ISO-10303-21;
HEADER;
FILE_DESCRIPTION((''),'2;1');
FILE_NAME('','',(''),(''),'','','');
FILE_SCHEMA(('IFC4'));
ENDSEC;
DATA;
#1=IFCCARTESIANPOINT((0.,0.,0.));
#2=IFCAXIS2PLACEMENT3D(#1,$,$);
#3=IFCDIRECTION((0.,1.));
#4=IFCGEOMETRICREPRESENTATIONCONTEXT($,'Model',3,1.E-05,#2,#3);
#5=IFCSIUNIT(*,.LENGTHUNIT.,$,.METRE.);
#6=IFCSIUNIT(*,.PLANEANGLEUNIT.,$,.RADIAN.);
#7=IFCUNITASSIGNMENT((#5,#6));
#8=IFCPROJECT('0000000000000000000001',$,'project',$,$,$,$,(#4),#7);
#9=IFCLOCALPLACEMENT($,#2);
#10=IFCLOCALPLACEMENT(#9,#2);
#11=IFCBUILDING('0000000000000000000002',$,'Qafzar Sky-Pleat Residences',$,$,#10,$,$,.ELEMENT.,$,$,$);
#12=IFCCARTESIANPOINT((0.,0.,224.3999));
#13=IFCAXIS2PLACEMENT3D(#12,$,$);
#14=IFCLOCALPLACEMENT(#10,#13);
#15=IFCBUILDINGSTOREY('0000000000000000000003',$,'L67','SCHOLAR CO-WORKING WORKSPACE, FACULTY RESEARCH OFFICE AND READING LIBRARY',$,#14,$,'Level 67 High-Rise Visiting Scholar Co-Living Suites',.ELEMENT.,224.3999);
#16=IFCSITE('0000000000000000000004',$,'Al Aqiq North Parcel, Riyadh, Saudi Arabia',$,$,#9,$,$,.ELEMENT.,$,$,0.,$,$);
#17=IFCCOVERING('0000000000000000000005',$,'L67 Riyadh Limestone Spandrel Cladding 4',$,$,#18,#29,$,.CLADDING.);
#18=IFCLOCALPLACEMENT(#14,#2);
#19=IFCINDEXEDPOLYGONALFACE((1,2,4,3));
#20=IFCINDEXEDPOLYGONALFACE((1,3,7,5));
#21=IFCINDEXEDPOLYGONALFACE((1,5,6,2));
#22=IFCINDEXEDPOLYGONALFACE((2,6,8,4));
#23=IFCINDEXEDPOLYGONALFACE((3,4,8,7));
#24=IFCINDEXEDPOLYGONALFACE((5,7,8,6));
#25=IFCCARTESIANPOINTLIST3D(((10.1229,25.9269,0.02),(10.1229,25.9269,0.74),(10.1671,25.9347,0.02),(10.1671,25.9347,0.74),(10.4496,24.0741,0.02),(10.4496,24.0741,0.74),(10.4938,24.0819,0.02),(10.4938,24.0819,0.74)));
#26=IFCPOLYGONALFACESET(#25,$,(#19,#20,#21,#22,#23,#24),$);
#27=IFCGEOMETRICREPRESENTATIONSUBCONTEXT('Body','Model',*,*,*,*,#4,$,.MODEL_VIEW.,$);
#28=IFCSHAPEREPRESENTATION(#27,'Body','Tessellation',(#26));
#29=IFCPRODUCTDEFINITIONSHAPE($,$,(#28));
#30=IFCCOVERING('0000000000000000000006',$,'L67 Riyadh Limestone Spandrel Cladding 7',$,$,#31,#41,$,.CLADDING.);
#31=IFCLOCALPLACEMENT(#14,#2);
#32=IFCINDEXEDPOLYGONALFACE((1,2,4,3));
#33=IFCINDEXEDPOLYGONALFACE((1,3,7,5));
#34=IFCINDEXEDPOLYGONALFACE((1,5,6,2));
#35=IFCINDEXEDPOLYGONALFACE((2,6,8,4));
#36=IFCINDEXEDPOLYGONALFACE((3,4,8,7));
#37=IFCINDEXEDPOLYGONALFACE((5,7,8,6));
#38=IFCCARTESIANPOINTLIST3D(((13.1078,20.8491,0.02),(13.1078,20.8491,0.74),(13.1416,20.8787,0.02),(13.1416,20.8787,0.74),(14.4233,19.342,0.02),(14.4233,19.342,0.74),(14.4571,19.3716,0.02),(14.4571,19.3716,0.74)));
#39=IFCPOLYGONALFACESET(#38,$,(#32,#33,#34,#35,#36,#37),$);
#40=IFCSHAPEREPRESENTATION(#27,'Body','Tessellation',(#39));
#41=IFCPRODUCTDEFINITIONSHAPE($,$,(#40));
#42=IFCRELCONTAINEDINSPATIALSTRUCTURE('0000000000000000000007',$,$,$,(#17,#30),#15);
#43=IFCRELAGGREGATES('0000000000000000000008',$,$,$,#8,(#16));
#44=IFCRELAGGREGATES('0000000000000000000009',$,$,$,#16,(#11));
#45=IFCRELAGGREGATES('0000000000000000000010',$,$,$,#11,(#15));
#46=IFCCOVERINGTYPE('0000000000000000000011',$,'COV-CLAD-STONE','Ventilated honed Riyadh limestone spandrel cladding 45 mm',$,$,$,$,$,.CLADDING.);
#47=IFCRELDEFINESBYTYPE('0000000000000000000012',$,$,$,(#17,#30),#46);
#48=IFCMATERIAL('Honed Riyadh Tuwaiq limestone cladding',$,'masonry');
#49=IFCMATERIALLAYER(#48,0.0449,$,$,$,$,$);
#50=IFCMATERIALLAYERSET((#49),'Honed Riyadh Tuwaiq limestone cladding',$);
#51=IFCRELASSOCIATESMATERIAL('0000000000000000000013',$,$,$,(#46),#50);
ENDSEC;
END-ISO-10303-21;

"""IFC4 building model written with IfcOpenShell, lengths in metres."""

from ifc_helpers import new_model, si_unit, direction, frame, origin, origin_2d, place, context, subcontext, project, spatial, rectangle, extrude, source, transform, mapped, material, layer, layer_set, type_object, element, save


model = new_model("IFC4")

# Units and contexts
model_context = context("Model", 3, precision=1e-05, world=origin(), true_north=direction((0.0, 1.0)))
body_context = subcontext(model_context, "Body", "Model", "MODEL_VIEW")
ifc_project = project(units=[si_unit("LENGTHUNIT", "METRE"), si_unit("PLANEANGLEUNIT", "RADIAN")], contexts=[model_context])

# Site, building, storey
site_placement = place(None, origin())
site = spatial("IfcSite", under=ifc_project, at=site_placement, Name="Al Aqiq North Parcel, Riyadh, Saudi Arabia", CompositionType="ELEMENT", RefElevation=0.0)
building_placement = place(site_placement, origin())
building = spatial("IfcBuilding", under=site, at=building_placement, Name="Qafzar Sky-Pleat Residences", CompositionType="ELEMENT")
storey_placement = place(building_placement, frame((0.0, 0.0, 224.3999)))
storey = spatial("IfcBuildingStorey", under=building, at=storey_placement, Name="L67", Description="SCHOLAR CO-WORKING WORKSPACE, FACULTY RESEARCH OFFICE AND READING LIBRARY", LongName="Level 67 High-Rise Visiting Scholar Co-Living Suites", CompositionType="ELEMENT", Elevation=224.3999)

# Covering
ifc_material_1 = material(Name="Honed Riyadh Tuwaiq limestone cladding", Category="masonry")
ifc_layer_1 = layer(ifc_material_1, 0.0449)
ifc_layer_set_1 = layer_set([ifc_layer_1], Name="Honed Riyadh Tuwaiq limestone cladding")
covering_type = type_object("IfcCoveringType", Name="COV-CLAD-STONE", Description="Ventilated honed Riyadh limestone spandrel cladding 45 mm", PredefinedType="CLADDING", material=ifc_layer_set_1)
shared_shape_1 = source(origin(), body_context, "Body", "SweptSolid", [
    extrude(rectangle(XDim=1.8813, YDim=0.0449, at=origin_2d()), origin(), (0.0, 0.0, 1.0), 0.72),
])
covering_1_placement = place(storey_placement, frame((10.3083, 25.0044, 0.02), z_axis=(0.0, 0.0, 1.0), x_axis=(0.173663, -0.984805, 0.0)))
element("IfcCovering", 1, at=covering_1_placement, inside=storey, type_object=covering_type, Name="L67 Riyadh Limestone Spandrel Cladding 4", PredefinedType="CLADDING", context=body_context, shape_type="MappedRepresentation", body=[
    mapped(shared_shape_1, transform((0.0, 0.0, 0.0), x_axis=(1.0, 0.0, 0.0), y_axis=(0.0, 1.0, 0.0), z_axis=(0.0, 0.0, 1.0), scale=1.0)),
])

# Covering
shared_shape_2 = source(origin(), body_context, "Body", "SweptSolid", [
    extrude(rectangle(XDim=2.0005, YDim=0.0449, at=origin_2d()), origin(), (0.0, 0.0, 1.0), 0.72),
])
covering_2_placement = place(storey_placement, frame((13.7825, 20.1104, 0.02), z_axis=(0.0, 0.0, 1.0), x_axis=(0.657596, -0.75337, 0.0)))
element("IfcCovering", 2, at=covering_2_placement, inside=storey, type_object=covering_type, Name="L67 Riyadh Limestone Spandrel Cladding 7", PredefinedType="CLADDING", context=body_context, shape_type="MappedRepresentation", body=[
    mapped(shared_shape_2, transform((0.0, 0.0, 0.0), x_axis=(1.0, 0.0, 0.0), y_axis=(0.0, 1.0, 0.0), z_axis=(0.0, 0.0, 1.0), scale=1.0)),
])

save(model, "model.ifc")
